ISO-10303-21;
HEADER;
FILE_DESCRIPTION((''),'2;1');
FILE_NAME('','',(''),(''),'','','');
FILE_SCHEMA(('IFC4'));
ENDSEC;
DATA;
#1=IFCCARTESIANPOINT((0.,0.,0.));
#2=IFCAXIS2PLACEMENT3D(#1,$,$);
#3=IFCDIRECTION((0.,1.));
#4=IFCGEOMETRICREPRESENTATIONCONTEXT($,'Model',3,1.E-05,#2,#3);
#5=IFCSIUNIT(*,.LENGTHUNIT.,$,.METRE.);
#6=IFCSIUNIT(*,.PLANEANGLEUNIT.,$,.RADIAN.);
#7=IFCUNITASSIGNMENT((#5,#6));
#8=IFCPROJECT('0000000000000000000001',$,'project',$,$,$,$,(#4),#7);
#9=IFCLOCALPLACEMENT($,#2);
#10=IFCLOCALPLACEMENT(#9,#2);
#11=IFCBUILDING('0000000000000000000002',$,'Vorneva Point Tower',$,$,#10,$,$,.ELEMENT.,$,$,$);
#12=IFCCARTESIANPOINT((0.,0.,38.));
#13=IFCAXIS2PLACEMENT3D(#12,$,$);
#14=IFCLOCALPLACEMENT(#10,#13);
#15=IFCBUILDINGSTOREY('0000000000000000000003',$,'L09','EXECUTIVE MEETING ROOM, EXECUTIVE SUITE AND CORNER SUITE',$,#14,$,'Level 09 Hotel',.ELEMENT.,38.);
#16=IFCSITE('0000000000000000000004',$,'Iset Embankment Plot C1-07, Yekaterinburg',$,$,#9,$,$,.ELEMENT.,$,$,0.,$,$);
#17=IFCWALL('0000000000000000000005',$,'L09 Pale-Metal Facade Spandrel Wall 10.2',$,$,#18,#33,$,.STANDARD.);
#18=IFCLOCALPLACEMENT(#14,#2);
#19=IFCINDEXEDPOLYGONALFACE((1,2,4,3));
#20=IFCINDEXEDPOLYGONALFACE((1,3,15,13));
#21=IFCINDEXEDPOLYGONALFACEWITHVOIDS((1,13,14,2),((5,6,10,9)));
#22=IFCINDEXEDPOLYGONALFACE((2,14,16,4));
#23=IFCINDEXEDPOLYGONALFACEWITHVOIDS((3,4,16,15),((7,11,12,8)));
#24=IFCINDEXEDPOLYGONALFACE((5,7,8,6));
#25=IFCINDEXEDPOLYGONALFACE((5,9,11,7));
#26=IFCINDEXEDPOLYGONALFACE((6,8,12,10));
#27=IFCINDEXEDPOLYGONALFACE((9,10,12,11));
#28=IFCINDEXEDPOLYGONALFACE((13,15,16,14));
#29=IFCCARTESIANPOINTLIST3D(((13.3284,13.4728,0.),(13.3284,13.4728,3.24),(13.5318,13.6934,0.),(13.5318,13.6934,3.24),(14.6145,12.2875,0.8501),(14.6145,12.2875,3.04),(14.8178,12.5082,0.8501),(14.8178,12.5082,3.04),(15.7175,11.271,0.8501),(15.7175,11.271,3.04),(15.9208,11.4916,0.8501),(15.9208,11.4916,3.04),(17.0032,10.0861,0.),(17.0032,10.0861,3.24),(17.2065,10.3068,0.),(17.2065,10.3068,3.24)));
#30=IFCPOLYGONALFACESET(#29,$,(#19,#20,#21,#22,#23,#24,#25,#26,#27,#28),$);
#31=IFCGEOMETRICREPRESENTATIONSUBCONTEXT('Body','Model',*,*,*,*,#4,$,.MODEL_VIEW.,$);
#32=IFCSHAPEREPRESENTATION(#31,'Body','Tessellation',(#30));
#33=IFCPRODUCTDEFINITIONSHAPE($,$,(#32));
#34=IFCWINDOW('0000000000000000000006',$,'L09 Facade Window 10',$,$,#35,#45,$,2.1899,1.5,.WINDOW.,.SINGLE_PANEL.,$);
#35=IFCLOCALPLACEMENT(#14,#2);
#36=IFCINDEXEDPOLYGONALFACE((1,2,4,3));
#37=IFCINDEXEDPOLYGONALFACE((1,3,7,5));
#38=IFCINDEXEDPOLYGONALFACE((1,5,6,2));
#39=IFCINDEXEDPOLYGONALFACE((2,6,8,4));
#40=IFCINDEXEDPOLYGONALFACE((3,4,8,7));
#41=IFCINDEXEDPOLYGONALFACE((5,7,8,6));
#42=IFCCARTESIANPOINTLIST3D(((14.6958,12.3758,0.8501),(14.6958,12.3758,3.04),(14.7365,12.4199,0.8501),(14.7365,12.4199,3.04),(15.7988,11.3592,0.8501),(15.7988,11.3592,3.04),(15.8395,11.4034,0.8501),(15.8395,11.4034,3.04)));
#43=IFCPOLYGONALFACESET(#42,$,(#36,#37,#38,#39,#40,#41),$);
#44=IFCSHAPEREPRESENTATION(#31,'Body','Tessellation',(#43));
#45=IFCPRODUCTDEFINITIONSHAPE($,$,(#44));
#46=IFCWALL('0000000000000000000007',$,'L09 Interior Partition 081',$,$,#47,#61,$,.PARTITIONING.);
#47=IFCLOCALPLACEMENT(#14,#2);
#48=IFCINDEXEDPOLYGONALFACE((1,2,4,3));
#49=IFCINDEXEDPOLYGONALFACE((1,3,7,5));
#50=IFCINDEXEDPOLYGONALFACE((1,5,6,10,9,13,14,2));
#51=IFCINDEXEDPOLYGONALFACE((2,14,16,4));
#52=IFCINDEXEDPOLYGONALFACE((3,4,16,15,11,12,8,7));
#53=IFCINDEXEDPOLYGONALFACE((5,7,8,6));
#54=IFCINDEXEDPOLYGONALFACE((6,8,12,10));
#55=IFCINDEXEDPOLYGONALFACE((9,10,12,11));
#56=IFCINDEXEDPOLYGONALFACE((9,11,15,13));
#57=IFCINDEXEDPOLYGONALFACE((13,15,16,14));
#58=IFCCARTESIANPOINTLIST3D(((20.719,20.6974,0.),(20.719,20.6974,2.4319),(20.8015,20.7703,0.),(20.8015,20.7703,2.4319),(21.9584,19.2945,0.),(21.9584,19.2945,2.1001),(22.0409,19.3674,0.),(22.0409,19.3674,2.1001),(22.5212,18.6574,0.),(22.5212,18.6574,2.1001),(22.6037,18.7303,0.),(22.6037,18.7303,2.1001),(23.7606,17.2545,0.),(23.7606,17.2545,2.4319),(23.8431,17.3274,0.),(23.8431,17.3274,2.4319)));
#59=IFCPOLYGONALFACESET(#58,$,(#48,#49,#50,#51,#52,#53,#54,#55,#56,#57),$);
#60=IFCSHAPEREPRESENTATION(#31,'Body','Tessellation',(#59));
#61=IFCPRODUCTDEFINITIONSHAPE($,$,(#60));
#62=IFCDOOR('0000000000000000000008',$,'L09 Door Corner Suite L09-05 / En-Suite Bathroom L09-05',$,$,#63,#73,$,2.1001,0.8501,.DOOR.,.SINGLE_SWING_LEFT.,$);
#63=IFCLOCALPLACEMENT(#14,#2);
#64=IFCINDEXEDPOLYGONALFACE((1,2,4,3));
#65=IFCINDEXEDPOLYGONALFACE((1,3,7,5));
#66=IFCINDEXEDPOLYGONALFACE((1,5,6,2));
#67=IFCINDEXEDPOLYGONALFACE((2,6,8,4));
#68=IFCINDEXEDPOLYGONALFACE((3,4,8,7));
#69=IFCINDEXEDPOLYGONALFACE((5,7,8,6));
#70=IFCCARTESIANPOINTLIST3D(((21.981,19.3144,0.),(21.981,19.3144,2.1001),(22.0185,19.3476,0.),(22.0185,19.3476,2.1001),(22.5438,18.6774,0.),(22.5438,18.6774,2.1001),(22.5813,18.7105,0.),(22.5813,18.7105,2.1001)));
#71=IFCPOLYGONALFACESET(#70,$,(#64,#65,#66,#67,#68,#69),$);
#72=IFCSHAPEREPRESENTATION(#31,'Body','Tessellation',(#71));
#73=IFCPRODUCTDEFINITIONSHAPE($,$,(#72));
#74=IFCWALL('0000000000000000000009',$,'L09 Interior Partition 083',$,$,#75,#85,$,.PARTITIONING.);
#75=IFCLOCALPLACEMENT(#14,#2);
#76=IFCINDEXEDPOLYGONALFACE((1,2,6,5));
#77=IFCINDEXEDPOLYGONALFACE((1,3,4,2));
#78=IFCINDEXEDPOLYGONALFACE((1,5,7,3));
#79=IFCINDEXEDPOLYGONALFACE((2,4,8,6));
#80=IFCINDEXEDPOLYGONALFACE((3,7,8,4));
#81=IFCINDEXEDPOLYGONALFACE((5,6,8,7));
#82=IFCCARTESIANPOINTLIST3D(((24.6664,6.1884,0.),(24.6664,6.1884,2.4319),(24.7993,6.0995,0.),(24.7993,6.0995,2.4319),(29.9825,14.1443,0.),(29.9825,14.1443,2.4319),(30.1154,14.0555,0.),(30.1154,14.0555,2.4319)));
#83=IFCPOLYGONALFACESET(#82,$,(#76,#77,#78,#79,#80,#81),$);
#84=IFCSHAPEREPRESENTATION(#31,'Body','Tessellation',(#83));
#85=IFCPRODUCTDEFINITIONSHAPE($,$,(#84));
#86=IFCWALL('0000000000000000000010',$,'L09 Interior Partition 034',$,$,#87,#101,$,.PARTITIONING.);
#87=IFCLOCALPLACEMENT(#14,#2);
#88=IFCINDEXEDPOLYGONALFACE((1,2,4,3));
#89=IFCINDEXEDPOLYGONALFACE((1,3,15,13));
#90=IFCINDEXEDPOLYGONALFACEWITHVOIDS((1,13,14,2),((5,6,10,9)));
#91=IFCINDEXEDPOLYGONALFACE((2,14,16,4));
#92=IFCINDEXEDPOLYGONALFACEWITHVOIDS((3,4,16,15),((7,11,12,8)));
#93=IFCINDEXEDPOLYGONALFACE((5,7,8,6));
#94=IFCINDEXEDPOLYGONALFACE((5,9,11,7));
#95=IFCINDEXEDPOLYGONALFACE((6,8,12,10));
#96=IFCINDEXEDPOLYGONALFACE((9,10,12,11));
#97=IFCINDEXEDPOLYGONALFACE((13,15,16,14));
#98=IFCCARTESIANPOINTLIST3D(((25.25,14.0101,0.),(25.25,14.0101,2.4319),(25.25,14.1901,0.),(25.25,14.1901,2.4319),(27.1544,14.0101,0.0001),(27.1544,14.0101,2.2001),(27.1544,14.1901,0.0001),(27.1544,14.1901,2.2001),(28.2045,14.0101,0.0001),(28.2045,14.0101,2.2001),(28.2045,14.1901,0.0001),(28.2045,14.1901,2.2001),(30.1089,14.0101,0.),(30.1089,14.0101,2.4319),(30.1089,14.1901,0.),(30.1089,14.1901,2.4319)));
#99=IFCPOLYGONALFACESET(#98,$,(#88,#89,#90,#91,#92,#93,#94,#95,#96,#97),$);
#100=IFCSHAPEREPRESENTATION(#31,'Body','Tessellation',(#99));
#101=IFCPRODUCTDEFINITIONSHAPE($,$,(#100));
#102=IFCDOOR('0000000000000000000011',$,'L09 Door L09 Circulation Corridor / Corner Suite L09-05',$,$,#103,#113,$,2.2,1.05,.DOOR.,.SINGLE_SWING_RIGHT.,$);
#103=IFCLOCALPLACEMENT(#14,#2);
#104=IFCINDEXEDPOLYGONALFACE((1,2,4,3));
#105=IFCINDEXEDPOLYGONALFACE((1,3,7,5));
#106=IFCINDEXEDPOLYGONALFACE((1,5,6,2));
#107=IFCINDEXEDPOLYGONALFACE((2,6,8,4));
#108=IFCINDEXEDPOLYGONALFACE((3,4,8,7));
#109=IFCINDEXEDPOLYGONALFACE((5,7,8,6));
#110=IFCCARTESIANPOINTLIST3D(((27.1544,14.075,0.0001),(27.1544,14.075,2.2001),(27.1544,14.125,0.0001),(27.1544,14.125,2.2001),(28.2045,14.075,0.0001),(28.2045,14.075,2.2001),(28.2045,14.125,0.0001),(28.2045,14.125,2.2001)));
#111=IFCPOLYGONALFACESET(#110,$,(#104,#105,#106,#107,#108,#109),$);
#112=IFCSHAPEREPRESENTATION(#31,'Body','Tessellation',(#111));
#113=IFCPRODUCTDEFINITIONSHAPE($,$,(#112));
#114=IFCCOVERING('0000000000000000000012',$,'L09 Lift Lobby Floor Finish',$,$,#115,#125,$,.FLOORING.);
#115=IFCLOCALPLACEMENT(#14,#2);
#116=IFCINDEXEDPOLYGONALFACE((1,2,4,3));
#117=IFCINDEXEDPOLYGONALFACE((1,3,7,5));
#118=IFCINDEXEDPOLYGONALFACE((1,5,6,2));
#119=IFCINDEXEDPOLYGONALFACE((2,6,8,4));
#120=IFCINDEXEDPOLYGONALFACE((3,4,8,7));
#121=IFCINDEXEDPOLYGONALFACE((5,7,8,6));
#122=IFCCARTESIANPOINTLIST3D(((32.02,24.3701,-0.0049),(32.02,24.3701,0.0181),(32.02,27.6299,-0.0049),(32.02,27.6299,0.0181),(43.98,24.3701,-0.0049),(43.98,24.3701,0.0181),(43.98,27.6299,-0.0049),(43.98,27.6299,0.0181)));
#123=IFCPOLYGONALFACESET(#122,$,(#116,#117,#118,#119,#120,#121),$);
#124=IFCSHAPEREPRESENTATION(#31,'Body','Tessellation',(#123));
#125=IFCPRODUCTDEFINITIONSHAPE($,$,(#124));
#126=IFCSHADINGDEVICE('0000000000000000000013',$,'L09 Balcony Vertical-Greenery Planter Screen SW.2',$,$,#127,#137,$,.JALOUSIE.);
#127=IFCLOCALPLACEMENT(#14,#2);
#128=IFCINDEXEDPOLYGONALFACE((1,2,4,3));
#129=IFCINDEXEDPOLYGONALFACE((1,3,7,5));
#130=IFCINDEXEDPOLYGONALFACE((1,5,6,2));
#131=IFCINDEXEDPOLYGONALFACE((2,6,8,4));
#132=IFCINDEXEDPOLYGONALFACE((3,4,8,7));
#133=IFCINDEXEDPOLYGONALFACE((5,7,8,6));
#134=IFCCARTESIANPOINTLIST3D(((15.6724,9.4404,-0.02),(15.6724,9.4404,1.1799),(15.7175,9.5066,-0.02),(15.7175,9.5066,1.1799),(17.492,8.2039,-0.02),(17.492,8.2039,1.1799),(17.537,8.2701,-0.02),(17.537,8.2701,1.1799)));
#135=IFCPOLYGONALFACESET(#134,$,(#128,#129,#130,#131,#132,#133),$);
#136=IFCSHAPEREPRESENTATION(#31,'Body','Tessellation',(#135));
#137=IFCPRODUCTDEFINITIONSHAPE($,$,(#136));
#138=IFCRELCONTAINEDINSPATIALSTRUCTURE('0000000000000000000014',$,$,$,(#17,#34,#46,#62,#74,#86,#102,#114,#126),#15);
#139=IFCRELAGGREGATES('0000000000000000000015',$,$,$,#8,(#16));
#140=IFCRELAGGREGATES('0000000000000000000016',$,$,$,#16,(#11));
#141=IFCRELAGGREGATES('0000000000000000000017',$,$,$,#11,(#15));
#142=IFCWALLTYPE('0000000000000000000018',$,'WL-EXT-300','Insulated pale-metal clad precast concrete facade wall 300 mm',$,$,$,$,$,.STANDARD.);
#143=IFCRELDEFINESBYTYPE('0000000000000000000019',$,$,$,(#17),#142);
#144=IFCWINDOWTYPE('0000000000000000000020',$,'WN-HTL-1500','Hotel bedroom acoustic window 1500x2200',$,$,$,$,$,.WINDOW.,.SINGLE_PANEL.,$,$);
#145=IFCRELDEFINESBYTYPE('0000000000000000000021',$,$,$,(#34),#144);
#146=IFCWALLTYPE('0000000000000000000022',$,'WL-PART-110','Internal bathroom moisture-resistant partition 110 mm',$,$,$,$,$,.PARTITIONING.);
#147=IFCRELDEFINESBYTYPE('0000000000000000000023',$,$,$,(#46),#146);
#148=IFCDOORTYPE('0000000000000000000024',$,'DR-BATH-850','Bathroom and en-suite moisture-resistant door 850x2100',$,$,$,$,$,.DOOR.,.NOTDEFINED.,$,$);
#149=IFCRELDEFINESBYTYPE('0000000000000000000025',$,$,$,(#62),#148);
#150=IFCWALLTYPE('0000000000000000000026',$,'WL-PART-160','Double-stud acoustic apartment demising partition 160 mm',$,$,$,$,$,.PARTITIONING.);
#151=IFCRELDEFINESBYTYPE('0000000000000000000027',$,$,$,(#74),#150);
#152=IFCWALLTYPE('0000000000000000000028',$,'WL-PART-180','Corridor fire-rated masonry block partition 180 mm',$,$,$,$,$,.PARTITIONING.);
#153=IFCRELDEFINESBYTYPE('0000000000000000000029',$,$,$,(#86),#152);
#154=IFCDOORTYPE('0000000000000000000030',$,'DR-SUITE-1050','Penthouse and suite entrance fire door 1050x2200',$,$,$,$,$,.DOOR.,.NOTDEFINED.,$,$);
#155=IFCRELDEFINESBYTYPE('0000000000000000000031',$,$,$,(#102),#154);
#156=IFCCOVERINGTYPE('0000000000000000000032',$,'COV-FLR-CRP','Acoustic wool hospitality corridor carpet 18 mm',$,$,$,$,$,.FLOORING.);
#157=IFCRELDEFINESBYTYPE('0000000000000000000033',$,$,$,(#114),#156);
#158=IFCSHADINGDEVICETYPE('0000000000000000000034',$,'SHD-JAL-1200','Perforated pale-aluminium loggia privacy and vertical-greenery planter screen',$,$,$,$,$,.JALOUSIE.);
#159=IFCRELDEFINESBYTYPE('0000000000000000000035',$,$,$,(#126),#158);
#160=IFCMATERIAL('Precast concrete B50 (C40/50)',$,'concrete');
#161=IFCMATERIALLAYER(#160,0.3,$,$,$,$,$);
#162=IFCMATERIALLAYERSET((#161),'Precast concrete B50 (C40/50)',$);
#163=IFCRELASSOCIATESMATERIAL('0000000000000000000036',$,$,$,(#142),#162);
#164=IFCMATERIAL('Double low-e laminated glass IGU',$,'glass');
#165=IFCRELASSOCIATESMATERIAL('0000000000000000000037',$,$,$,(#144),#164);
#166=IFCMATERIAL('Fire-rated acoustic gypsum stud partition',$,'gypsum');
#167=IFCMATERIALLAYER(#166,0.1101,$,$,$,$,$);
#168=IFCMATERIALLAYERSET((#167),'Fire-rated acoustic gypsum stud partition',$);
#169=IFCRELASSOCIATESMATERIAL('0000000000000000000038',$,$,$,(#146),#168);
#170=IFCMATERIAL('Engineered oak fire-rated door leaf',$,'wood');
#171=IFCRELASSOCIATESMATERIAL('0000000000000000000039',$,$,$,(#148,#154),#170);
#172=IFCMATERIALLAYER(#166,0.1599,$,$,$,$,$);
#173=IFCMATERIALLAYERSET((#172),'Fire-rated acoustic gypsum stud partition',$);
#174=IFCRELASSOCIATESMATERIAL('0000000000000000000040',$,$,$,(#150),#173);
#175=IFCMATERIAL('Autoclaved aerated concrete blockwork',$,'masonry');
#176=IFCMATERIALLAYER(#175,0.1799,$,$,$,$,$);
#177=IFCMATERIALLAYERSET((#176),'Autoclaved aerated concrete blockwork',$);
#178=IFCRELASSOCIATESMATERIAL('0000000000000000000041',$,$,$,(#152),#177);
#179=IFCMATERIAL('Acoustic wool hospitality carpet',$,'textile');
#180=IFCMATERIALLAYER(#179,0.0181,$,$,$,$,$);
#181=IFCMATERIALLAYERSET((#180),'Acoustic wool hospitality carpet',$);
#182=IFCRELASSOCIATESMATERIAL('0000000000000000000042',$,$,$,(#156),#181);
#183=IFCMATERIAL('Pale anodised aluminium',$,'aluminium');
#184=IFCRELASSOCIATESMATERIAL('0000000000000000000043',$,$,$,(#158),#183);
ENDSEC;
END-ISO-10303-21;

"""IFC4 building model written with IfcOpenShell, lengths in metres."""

from ifc_helpers import new_model, si_unit, direction, frame, frame_2d, origin, origin_2d, place, context, subcontext, project, spatial, polyline, rectangle, outline, extrude, material, layer, layer_set, type_object, element, fill, save


model = new_model("IFC4")

# Units and contexts
model_context = context("Model", 3, precision=1e-05, world=origin(), true_north=direction((0.0, 1.0)))
body_context = subcontext(model_context, "Body", "Model", "MODEL_VIEW")
ifc_project = project(units=[si_unit("LENGTHUNIT", "METRE"), si_unit("PLANEANGLEUNIT", "RADIAN")], contexts=[model_context])

# Site, building, storey
site_placement = place(None, origin())
site = spatial("IfcSite", under=ifc_project, at=site_placement, Name="Iset Embankment Plot C1-07, Yekaterinburg", CompositionType="ELEMENT", RefElevation=0.0)
building_placement = place(site_placement, origin())
building = spatial("IfcBuilding", under=site, at=building_placement, Name="Vorneva Point Tower", CompositionType="ELEMENT")
storey_placement = place(building_placement, frame((0.0, 0.0, 38.0)))
storey = spatial("IfcBuildingStorey", under=building, at=storey_placement, Name="L09", Description="EXECUTIVE MEETING ROOM, EXECUTIVE SUITE AND CORNER SUITE", LongName="Level 09 Hotel", CompositionType="ELEMENT", Elevation=38.0)

# Shared definitions
ifc_material_1 = material(Name="Pale anodised aluminium", Category="aluminium")
ifc_material_2 = material(Name="Double low-e laminated glass IGU", Category="glass")

# Shared definitions
ifc_material_3 = material(Name="Precast concrete B50 (C40/50)", Category="concrete")
ifc_layer_1 = layer(ifc_material_3, 0.3)
ifc_layer_set_1 = layer_set([ifc_layer_1], Name="Precast concrete B50 (C40/50)")
wall_type_1 = type_object("IfcWallType", Name="WL-EXT-300", Description="Insulated pale-metal clad precast concrete facade wall 300 mm", PredefinedType="STANDARD", material=ifc_layer_set_1)

# Wall, opening, window
wall_1_placement = place(storey_placement, frame((13.4302, 13.583, 0.0), z_axis=(0.0, 0.0, 1.0), x_axis=(0.735343, -0.677696, 0.0)))
wall_1 = element("IfcWall", 1, at=wall_1_placement, inside=storey, type_object=wall_type_1, Name="L09 Pale-Metal Facade Spandrel Wall 10.2", PredefinedType="STANDARD", context=body_context, shape_type="SweptSolid", body=[
    extrude(rectangle(XDim=4.9973, YDim=0.3, at=frame_2d((2.4985, 0.0))), origin(), (0.0, 0.0, 1.0), 3.24),
])
opening_1_placement = place(wall_1_placement, frame((1.7488, 0.0, 0.8501)))
opening_1 = element("IfcOpeningElement", 2, at=opening_1_placement, cuts=wall_1, PredefinedType="OPENING", context=body_context, shape_type="SweptSolid", body=[
    extrude(rectangle(XDim=1.5, YDim=2.1899, at=frame_2d((0.75, 1.095))), frame((0.0, 0.165, 0.0), z_axis=(0.0, -1.0, 0.0), x_axis=(1.0, 0.0, 0.0)), (0.0, 0.0, 1.0), 0.3298),
])
window_type = type_object("IfcWindowType", Name="WN-HTL-1500", Description="Hotel bedroom acoustic window 1500x2200", PartitioningType="SINGLE_PANEL", PredefinedType="WINDOW", material=ifc_material_2)
window_placement = place(opening_1_placement, origin())
window = element("IfcWindow", 3, at=window_placement, inside=storey, type_object=window_type, Name="L09 Facade Window 10", OverallHeight=2.1899, OverallWidth=1.5, PartitioningType="SINGLE_PANEL", PredefinedType="WINDOW", context=body_context, shape_type="SweptSolid", body=[
    extrude(rectangle(XDim=1.5, YDim=2.1899, at=frame_2d((0.75, 1.095))), frame((0.0, 0.03, 0.0), z_axis=(0.0, -1.0, 0.0), x_axis=(1.0, 0.0, 0.0)), (0.0, 0.0, 1.0), 0.0601),
])
fill(opening_1, window)

# Wall, opening, door
ifc_material_4 = material(Name="Fire-rated acoustic gypsum stud partition", Category="gypsum")
ifc_layer_2 = layer(ifc_material_4, 0.1101)
ifc_layer_set_2 = layer_set([ifc_layer_2], Name="Fire-rated acoustic gypsum stud partition")
wall_type_2 = type_object("IfcWallType", Name="WL-PART-110", Description="Internal bathroom moisture-resistant partition 110 mm", PredefinedType="PARTITIONING", material=ifc_layer_set_2)
wall_2_placement = place(storey_placement, frame((23.8018, 17.291, 0.0), z_axis=(0.0, 0.0, 1.0), x_axis=(-0.662071, 0.749441, 0.0)))
wall_2 = element("IfcWall", 4, at=wall_2_placement, inside=storey, type_object=wall_type_2, Name="L09 Interior Partition 081", PredefinedType="PARTITIONING", context=body_context, shape_type="SweptSolid", body=[
    extrude(rectangle(XDim=4.594, YDim=0.1101, at=frame_2d((2.2969, 0.0))), origin(), (0.0, 0.0, 1.0), 2.4319),
])
opening_2_placement = place(wall_2_placement, frame((1.8718, 0.0, 0.0)))
opening_2 = element("IfcOpeningElement", 5, at=opening_2_placement, cuts=wall_2, PredefinedType="OPENING", context=body_context, shape_type="SweptSolid", body=[
    extrude(rectangle(XDim=0.8501, YDim=2.1001, at=frame_2d((0.425, 1.05))), frame((0.0, 0.0698, 0.0), z_axis=(0.0, -1.0, 0.0), x_axis=(1.0, 0.0, 0.0)), (0.0, 0.0, 1.0), 0.1399),
])
ifc_material_5 = material(Name="Engineered oak fire-rated door leaf", Category="wood")
door_type_1 = type_object("IfcDoorType", Name="DR-BATH-850", Description="Bathroom and en-suite moisture-resistant door 850x2100", OperationType="NOTDEFINED", PredefinedType="DOOR", material=ifc_material_5)
door_1_placement = place(opening_2_placement, origin())
door_1 = element("IfcDoor", 6, at=door_1_placement, inside=storey, type_object=door_type_1, Name="L09 Door Corner Suite L09-05 / En-Suite Bathroom L09-05", OperationType="SINGLE_SWING_LEFT", OverallHeight=2.1001, OverallWidth=0.8501, PredefinedType="DOOR", context=body_context, shape_type="SweptSolid", body=[
    extrude(rectangle(XDim=0.8501, YDim=2.1001, at=frame_2d((0.425, 1.05))), frame((0.0, 0.0249, 0.0), z_axis=(0.0, -1.0, 0.0), x_axis=(1.0, 0.0, 0.0)), (0.0, 0.0, 1.0), 0.05),
])
fill(opening_2, door_1)

# Wall
ifc_layer_3 = layer(ifc_material_4, 0.1599)
ifc_layer_set_3 = layer_set([ifc_layer_3], Name="Fire-rated acoustic gypsum stud partition")
wall_type_3 = type_object("IfcWallType", Name="WL-PART-160", Description="Double-stud acoustic apartment demising partition 160 mm", PredefinedType="PARTITIONING", material=ifc_layer_set_3)
wall_3_placement = place(storey_placement, frame((24.7329, 6.144, 0.0), z_axis=(0.0, 0.0, 1.0), x_axis=(0.555577, 0.831465, 0.0)))
element("IfcWall", 7, at=wall_3_placement, inside=storey, type_object=wall_type_3, Name="L09 Interior Partition 083", PredefinedType="PARTITIONING", context=body_context, shape_type="SweptSolid", body=[
    extrude(rectangle(XDim=9.5686, YDim=0.1599, at=frame_2d((4.7842, 0.0))), origin(), (0.0, 0.0, 1.0), 2.4319),
])

# Wall, opening, door
ifc_material_6 = material(Name="Autoclaved aerated concrete blockwork", Category="masonry")
ifc_layer_4 = layer(ifc_material_6, 0.1799)
ifc_layer_set_4 = layer_set([ifc_layer_4], Name="Autoclaved aerated concrete blockwork")
wall_type_4 = type_object("IfcWallType", Name="WL-PART-180", Description="Corridor fire-rated masonry block partition 180 mm", PredefinedType="PARTITIONING", material=ifc_layer_set_4)
wall_4_placement = place(storey_placement, frame((25.25, 14.1001, 0.0), z_axis=(0.0, 0.0, 1.0), x_axis=(1.0, 0.0, 0.0)))
wall_4 = element("IfcWall", 8, at=wall_4_placement, inside=storey, type_object=wall_type_4, Name="L09 Interior Partition 034", PredefinedType="PARTITIONING", context=body_context, shape_type="SweptSolid", body=[
    extrude(rectangle(XDim=4.8589, YDim=0.1799, at=frame_2d((2.4294, 0.0))), origin(), (0.0, 0.0, 1.0), 2.4319),
])
opening_3_placement = place(wall_4_placement, frame((1.9045, 0.0, 0.0)))
opening_3 = element("IfcOpeningElement", 9, at=opening_3_placement, cuts=wall_4, PredefinedType="OPENING", context=body_context, shape_type="SweptSolid", body=[
    extrude(rectangle(XDim=1.05, YDim=2.2, at=frame_2d((0.5249, 1.1001))), frame((0.0, 0.105, 0.0), z_axis=(0.0, -1.0, 0.0), x_axis=(1.0, 0.0, 0.0)), (0.0, 0.0, 1.0), 0.2097),
])
door_type_2 = type_object("IfcDoorType", Name="DR-SUITE-1050", Description="Penthouse and suite entrance fire door 1050x2200", OperationType="NOTDEFINED", PredefinedType="DOOR", material=ifc_material_5)
door_2_placement = place(opening_3_placement, origin())
door_2 = element("IfcDoor", 10, at=door_2_placement, inside=storey, type_object=door_type_2, Name="L09 Door L09 Circulation Corridor / Corner Suite L09-05", OperationType="SINGLE_SWING_RIGHT", OverallHeight=2.2, OverallWidth=1.05, PredefinedType="DOOR", context=body_context, shape_type="SweptSolid", body=[
    extrude(rectangle(XDim=1.05, YDim=2.2, at=frame_2d((0.5249, 1.1001))), frame((0.0, 0.0249, 0.0), z_axis=(0.0, -1.0, 0.0), x_axis=(1.0, 0.0, 0.0)), (0.0, 0.0, 1.0), 0.05),
])
fill(opening_3, door_2)

# Covering
ifc_material_7 = material(Name="Acoustic wool hospitality carpet", Category="textile")
ifc_layer_5 = layer(ifc_material_7, 0.0181)
ifc_layer_set_5 = layer_set([ifc_layer_5], Name="Acoustic wool hospitality carpet")
covering_type = type_object("IfcCoveringType", Name="COV-FLR-CRP", Description="Acoustic wool hospitality corridor carpet 18 mm", PredefinedType="FLOORING", material=ifc_layer_set_5)
covering_placement = place(storey_placement, frame((0.0, 0.0, -0.0049)))
element("IfcCovering", 11, at=covering_placement, inside=storey, type_object=covering_type, Name="L09 Lift Lobby Floor Finish", PredefinedType="FLOORING", context=body_context, shape_type="SweptSolid", body=[
    extrude(outline(polyline([(32.02, 24.3701), (43.98, 24.3701), (43.98, 27.6299), (32.02, 27.6299), (32.02, 24.3701)])), origin(), (0.0, 0.0, 1.0), 0.0229),
])

# Shading device
shading_device_type = type_object("IfcShadingDeviceType", Name="SHD-JAL-1200", Description="Perforated pale-aluminium loggia privacy and vertical-greenery planter screen", PredefinedType="JALOUSIE", material=ifc_material_1)
shading_device_placement = place(storey_placement, frame((16.6047, 8.8552, -0.02), z_axis=(0.0, 0.0, 1.0), x_axis=(0.8271, -0.562055, 0.0)))
element("IfcShadingDevice", 12, at=shading_device_placement, inside=storey, type_object=shading_device_type, Name="L09 Balcony Vertical-Greenery Planter Screen SW.2", PredefinedType="JALOUSIE", context=body_context, shape_type="SweptSolid", body=[
    extrude(rectangle(XDim=2.2, YDim=0.0801, at=origin_2d()), origin(), (0.0, 0.0, 1.0), 1.2),
])

save(model, "model.ifc")
